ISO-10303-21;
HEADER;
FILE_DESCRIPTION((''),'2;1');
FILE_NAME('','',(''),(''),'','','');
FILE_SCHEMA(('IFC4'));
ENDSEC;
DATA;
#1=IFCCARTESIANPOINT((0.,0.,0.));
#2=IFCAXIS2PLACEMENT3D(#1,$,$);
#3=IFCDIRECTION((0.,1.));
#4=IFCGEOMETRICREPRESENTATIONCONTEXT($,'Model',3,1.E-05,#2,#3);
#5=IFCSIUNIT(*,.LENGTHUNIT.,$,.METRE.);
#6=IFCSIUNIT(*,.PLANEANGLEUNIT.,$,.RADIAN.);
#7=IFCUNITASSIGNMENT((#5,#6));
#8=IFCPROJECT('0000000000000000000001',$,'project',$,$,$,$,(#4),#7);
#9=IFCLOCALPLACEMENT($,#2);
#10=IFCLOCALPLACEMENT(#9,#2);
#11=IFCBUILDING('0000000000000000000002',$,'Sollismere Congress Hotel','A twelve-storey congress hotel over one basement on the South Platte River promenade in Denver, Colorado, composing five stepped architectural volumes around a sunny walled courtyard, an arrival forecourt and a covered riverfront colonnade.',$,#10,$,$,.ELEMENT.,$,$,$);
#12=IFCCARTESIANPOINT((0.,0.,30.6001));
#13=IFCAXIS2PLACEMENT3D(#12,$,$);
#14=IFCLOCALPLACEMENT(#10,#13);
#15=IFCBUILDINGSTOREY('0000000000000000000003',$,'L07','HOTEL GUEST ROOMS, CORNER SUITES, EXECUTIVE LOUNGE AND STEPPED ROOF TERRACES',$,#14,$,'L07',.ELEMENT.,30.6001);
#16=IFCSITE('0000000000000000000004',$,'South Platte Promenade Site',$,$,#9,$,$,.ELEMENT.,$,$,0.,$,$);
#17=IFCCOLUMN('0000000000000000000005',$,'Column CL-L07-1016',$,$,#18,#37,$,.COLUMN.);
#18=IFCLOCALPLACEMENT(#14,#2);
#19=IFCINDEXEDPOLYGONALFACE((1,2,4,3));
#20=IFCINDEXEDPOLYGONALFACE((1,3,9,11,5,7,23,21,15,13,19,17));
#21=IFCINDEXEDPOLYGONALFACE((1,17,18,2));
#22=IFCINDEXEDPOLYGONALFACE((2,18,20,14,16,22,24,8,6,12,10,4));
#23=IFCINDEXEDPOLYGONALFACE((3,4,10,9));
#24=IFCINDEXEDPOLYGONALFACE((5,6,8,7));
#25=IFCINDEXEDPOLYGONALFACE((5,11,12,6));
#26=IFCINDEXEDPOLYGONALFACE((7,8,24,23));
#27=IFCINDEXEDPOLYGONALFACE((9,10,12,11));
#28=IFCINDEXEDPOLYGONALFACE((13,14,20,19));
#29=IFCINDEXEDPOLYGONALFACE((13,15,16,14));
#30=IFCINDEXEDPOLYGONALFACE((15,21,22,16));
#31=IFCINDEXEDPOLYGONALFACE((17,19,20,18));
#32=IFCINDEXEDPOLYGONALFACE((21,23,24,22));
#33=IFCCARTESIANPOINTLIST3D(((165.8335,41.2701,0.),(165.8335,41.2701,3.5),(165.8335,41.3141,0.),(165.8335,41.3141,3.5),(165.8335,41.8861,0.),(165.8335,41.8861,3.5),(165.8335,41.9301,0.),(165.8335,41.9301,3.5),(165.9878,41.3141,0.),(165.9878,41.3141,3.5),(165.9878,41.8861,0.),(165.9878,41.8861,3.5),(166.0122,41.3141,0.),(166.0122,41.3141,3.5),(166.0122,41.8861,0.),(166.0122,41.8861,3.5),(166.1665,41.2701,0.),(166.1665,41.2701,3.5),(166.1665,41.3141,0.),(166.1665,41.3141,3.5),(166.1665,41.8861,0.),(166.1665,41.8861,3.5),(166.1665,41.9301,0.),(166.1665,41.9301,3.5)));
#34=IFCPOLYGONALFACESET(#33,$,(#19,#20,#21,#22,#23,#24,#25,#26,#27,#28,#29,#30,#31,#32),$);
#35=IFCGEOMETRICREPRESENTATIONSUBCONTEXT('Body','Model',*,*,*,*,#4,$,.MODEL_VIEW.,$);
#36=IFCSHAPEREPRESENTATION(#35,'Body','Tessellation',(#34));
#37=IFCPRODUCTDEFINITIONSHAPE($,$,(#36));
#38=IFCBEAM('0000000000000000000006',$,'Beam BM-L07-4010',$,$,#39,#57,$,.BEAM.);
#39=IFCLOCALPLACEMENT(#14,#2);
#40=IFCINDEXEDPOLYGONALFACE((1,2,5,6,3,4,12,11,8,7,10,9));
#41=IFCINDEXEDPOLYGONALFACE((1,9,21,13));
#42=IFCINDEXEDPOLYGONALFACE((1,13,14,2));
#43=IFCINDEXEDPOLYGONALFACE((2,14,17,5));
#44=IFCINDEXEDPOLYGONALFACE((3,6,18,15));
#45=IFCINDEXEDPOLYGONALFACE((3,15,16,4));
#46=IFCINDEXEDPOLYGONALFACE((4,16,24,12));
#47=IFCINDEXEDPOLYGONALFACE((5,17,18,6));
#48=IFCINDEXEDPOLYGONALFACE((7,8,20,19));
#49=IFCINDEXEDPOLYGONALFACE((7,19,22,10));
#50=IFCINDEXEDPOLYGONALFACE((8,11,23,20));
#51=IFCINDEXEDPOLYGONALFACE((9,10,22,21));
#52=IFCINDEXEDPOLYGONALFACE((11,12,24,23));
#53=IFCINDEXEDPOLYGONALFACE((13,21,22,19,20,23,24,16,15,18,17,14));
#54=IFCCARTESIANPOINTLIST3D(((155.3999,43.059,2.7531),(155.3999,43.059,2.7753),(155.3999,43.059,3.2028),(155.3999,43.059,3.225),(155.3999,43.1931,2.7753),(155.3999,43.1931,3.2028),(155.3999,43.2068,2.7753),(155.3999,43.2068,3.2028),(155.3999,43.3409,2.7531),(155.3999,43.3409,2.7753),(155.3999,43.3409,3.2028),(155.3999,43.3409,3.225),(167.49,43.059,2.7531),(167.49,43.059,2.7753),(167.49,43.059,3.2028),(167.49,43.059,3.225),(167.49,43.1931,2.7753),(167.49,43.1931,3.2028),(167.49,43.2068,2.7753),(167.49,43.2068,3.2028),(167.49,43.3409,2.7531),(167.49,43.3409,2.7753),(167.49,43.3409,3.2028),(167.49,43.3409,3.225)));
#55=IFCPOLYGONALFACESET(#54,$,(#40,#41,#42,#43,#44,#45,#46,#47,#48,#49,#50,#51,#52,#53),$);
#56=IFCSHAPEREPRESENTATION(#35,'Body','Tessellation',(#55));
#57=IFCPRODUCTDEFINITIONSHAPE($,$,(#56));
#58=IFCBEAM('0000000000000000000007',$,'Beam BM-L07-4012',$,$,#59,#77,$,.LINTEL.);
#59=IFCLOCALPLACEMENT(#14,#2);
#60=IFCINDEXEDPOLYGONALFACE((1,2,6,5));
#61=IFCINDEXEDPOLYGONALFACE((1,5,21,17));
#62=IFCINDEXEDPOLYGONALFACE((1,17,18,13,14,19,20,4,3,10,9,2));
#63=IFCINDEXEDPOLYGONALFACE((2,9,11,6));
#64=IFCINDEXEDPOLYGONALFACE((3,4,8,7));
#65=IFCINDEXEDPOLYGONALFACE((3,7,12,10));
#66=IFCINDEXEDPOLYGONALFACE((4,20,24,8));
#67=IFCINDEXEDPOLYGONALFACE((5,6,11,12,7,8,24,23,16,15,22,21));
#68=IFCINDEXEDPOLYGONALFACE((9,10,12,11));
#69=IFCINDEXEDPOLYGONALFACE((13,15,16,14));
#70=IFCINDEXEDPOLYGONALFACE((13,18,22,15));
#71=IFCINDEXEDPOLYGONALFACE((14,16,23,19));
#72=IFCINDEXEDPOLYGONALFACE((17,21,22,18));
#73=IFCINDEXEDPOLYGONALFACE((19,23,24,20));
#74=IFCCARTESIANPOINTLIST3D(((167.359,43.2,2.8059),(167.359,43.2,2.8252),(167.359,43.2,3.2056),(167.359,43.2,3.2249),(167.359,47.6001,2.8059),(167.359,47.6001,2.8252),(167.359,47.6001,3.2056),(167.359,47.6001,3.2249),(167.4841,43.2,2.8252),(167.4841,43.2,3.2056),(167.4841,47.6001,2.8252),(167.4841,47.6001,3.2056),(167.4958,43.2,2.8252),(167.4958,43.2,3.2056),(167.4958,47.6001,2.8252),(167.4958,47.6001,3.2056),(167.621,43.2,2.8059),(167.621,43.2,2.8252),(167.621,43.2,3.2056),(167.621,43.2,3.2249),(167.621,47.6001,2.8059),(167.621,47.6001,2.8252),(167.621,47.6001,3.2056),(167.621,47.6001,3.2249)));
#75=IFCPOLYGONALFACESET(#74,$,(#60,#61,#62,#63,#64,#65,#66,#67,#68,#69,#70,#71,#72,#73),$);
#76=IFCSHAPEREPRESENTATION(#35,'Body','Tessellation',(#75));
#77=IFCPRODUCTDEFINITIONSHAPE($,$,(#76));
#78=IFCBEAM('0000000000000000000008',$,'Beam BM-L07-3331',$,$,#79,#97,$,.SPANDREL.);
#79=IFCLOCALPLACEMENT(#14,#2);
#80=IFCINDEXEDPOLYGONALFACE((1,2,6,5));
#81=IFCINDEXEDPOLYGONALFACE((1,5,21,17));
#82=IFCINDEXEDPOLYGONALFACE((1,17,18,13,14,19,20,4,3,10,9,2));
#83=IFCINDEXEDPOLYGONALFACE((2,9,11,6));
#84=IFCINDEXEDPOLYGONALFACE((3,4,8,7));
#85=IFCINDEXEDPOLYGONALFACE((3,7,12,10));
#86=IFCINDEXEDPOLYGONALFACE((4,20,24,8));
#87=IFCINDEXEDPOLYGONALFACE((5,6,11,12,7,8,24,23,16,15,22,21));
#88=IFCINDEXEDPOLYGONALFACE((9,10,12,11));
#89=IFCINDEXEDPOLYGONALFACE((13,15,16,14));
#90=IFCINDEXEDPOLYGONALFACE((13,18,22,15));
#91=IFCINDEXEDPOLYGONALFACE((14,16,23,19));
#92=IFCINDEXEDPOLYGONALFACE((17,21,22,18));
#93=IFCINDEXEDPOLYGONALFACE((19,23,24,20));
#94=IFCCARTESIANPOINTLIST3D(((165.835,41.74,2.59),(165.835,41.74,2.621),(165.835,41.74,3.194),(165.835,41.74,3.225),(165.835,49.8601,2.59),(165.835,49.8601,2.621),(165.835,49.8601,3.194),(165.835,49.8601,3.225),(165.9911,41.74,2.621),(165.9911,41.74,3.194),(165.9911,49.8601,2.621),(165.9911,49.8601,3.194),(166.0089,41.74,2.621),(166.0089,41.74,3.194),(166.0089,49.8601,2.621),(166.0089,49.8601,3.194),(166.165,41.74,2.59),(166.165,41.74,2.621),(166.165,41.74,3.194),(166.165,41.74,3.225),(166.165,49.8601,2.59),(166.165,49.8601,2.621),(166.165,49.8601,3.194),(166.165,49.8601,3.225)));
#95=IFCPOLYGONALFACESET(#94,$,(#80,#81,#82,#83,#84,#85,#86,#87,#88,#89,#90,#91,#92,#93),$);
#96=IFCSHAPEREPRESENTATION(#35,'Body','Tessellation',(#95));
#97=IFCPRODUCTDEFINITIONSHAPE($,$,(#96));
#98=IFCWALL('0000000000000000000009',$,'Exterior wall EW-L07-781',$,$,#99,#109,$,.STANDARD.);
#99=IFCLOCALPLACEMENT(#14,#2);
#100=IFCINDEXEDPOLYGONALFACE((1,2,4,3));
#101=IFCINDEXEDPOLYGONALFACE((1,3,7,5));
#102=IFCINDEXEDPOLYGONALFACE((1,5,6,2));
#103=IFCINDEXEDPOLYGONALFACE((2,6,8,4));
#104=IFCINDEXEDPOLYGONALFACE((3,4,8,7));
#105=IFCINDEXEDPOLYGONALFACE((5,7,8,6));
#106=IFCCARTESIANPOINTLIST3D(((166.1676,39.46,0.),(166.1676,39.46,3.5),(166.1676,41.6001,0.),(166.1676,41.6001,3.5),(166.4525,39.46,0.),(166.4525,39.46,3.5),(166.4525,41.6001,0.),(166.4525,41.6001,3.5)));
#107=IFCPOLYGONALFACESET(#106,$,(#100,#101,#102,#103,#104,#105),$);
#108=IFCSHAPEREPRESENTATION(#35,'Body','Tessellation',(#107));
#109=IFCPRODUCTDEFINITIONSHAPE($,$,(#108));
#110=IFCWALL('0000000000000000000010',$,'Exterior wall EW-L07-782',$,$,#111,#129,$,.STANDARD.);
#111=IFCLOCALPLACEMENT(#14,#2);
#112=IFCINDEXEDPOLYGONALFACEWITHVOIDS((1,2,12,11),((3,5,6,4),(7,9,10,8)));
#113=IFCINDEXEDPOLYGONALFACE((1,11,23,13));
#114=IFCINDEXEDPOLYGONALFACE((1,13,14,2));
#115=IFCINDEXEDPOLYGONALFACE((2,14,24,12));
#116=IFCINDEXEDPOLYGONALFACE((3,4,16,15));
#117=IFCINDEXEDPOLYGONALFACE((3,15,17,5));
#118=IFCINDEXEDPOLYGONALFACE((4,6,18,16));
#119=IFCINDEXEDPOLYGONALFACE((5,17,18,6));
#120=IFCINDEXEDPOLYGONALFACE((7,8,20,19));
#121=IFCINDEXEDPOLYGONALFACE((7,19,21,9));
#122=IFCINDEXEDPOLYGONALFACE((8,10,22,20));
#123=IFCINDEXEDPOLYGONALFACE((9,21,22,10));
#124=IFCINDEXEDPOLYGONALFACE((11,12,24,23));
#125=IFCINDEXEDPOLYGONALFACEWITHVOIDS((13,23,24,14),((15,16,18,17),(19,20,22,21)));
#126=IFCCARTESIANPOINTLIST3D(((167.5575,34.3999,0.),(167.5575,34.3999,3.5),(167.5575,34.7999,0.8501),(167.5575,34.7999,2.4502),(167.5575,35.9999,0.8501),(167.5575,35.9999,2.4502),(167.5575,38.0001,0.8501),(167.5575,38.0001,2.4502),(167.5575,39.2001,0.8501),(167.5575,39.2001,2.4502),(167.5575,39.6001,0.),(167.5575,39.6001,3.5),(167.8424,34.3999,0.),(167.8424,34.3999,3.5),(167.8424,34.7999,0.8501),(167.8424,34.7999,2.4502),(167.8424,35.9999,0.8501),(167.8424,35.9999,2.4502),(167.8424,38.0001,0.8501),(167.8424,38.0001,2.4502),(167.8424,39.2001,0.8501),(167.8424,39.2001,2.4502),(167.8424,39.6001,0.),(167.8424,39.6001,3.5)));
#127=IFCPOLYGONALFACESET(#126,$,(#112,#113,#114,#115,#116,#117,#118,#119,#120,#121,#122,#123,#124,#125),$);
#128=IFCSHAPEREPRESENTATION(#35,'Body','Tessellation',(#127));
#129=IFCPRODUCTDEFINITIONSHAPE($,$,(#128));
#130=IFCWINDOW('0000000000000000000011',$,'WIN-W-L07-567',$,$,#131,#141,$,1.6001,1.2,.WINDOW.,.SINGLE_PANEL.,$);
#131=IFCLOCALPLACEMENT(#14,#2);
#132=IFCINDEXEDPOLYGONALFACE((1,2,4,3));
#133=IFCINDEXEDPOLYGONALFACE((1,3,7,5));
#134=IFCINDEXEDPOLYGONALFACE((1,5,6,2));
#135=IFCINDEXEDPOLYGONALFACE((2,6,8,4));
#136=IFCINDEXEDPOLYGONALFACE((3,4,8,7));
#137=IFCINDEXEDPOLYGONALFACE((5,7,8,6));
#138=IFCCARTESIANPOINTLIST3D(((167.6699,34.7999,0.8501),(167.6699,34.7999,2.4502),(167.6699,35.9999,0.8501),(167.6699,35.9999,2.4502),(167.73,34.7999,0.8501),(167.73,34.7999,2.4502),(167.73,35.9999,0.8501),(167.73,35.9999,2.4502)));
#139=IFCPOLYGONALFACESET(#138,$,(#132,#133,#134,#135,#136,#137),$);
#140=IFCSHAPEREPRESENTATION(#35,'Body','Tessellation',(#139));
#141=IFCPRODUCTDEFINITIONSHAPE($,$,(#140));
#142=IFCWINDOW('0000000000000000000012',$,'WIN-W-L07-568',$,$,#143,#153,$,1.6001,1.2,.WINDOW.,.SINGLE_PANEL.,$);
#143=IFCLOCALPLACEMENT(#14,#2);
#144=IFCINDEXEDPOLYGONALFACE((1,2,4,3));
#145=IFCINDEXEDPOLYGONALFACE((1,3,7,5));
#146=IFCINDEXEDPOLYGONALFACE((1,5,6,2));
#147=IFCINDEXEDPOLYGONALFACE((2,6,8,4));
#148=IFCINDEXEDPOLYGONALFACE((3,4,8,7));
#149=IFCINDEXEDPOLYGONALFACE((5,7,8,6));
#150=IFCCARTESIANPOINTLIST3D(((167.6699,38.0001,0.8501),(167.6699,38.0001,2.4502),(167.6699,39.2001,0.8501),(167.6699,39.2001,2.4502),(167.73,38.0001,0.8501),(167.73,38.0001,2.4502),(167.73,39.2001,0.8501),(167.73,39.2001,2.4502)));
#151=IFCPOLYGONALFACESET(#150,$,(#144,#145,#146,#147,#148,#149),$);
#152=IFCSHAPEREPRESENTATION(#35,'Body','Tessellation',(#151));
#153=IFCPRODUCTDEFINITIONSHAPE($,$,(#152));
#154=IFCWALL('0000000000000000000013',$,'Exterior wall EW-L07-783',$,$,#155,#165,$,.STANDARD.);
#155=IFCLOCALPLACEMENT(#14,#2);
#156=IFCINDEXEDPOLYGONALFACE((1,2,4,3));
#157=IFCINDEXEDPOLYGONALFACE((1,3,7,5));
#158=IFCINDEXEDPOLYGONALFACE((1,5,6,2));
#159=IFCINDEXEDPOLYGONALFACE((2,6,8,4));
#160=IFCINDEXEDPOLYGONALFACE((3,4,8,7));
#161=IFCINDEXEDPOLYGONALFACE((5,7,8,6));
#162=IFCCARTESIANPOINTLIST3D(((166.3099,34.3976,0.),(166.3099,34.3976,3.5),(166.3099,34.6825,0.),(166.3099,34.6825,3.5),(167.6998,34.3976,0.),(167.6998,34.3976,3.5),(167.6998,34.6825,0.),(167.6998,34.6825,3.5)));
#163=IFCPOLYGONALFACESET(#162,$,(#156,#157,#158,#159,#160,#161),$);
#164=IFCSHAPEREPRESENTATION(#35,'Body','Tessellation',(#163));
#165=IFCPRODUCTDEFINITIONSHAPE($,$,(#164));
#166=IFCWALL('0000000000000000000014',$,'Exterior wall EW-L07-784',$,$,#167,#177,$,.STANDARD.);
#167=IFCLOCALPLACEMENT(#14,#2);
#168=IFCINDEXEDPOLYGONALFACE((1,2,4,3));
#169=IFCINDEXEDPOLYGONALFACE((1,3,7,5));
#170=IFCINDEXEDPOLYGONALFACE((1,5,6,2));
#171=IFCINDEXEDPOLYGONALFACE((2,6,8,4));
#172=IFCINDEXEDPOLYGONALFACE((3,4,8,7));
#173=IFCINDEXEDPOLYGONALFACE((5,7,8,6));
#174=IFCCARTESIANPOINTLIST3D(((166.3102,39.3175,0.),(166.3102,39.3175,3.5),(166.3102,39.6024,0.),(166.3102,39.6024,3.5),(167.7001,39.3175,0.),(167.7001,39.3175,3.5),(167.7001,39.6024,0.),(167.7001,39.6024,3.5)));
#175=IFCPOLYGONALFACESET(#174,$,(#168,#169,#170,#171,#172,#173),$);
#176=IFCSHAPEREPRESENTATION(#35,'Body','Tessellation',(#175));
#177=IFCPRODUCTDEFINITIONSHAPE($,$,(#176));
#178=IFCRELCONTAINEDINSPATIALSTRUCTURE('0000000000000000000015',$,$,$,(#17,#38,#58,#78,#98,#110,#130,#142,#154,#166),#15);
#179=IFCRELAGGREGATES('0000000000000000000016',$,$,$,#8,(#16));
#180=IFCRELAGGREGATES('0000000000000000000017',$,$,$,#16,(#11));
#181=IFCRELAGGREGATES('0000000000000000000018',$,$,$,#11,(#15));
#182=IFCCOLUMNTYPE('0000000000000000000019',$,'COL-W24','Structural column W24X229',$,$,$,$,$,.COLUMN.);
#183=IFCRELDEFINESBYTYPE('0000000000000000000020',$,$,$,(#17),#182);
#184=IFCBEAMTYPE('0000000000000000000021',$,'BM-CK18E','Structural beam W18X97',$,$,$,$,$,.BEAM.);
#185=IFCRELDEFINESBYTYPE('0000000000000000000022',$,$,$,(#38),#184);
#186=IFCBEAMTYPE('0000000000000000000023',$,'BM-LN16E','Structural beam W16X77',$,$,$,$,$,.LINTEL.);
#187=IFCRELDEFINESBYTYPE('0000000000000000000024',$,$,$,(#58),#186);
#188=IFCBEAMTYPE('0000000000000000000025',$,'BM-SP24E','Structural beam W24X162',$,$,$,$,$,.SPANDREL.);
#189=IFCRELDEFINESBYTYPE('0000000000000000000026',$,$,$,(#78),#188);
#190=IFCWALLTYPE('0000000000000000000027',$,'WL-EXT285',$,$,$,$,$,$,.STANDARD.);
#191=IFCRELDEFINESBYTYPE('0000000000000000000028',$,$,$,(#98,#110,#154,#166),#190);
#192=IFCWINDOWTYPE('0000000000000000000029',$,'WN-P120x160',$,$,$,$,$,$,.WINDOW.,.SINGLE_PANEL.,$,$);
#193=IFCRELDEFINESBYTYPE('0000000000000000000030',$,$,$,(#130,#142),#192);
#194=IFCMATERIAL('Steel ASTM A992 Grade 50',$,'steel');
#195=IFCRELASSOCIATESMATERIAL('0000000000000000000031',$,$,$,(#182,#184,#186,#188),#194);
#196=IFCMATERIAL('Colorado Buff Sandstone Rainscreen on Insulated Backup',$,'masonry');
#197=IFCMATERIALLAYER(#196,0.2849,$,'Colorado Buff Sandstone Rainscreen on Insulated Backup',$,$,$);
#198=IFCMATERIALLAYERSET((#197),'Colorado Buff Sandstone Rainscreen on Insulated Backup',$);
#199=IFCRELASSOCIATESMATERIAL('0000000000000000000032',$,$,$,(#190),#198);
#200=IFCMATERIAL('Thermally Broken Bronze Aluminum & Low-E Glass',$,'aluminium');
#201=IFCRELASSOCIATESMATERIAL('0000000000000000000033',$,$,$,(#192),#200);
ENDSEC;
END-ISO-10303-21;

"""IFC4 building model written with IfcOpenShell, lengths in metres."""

from ifc_helpers import new_model, si_unit, direction, frame, frame_2d, origin, origin_2d, place, context, subcontext, project, spatial, rectangle, i_section, extrude, material, layer, layer_set, material_profile, profile_set, type_object, element, fill, save


model = new_model("IFC4")

# Units and contexts
model_context = context("Model", 3, precision=1e-05, world=origin(), true_north=direction((0.0, 1.0)))
body_context = subcontext(model_context, "Body", "Model", "MODEL_VIEW")
ifc_project = project(units=[si_unit("LENGTHUNIT", "METRE"), si_unit("PLANEANGLEUNIT", "RADIAN")], contexts=[model_context])

# Site, building, storey
site_placement = place(None, origin())
site = spatial("IfcSite", under=ifc_project, at=site_placement, Name="South Platte Promenade Site", CompositionType="ELEMENT", RefElevation=0.0)
building_placement = place(site_placement, origin())
building = spatial("IfcBuilding", under=site, at=building_placement, Name="Sollismere Congress Hotel", Description="A twelve-storey congress hotel over one basement on the South Platte River promenade in Denver, Colorado, composing five stepped architectural volumes around a sunny walled courtyard, an arrival forecourt and a covered riverfront colonnade.", CompositionType="ELEMENT")
storey_placement = place(building_placement, frame((0.0, 0.0, 30.6001)))
storey = spatial("IfcBuildingStorey", under=building, at=storey_placement, Name="L07", Description="HOTEL GUEST ROOMS, CORNER SUITES, EXECUTIVE LOUNGE AND STEPPED ROOF TERRACES", LongName="L07", CompositionType="ELEMENT", Elevation=30.6001)

# Column
ifc_material_1 = material(Name="Steel ASTM A992 Grade 50", Category="steel")
ifc_material_profile_1 = material_profile(ifc_material_1, i_section(OverallWidth=0.333, OverallDepth=0.6599, WebThickness=0.0244, FlangeThickness=0.0439, at=origin_2d()), Name="W24X229")
ifc_profile_set_1 = profile_set([ifc_material_profile_1], Name="Steel ASTM A992 Grade 50")
column_type = type_object("IfcColumnType", Name="COL-W24", Description="Structural column W24X229", PredefinedType="COLUMN", material=ifc_profile_set_1)
column_placement = place(storey_placement, frame((166.0, 41.6001, 0.0), z_axis=(0.0, 0.0, 1.0), x_axis=(1.0, 0.0, 0.0)))
element("IfcColumn", 1, at=column_placement, inside=storey, type_object=column_type, Name="Column CL-L07-1016", PredefinedType="COLUMN", context=body_context, shape_type="SweptSolid", body=[
    extrude(i_section(OverallWidth=0.333, OverallDepth=0.6599, WebThickness=0.0244, FlangeThickness=0.0439, at=origin_2d()), origin(), (0.0, 0.0, 1.0), 3.5),
])

# Beams
ifc_material_profile_2 = material_profile(ifc_material_1, i_section(OverallWidth=0.282, OverallDepth=0.4719, WebThickness=0.0137, FlangeThickness=0.0222, at=origin_2d()), Name="W18X97")
ifc_profile_set_2 = profile_set([ifc_material_profile_2], Name="Steel ASTM A992 Grade 50")
beam_type_1 = type_object("IfcBeamType", Name="BM-CK18E", Description="Structural beam W18X97", PredefinedType="BEAM", material=ifc_profile_set_2)
beam_1_placement = place(storey_placement, frame((155.3999, 43.2, 2.989), z_axis=(1.0, 0.0, 0.0), x_axis=(0.0, 1.0, 0.0)))
element("IfcBeam", 2, at=beam_1_placement, inside=storey, type_object=beam_type_1, Name="Beam BM-L07-4010", PredefinedType="BEAM", context=body_context, shape_type="SweptSolid", body=[
    extrude(i_section(OverallWidth=0.282, OverallDepth=0.4719, WebThickness=0.0137, FlangeThickness=0.0222, at=origin_2d()), origin(), (0.0, 0.0, 1.0), 12.0901),
])
ifc_material_profile_3 = material_profile(ifc_material_1, i_section(OverallWidth=0.262, OverallDepth=0.4189, WebThickness=0.0117, FlangeThickness=0.0193, at=origin_2d()), Name="W16X77")
ifc_profile_set_3 = profile_set([ifc_material_profile_3], Name="Steel ASTM A992 Grade 50")
beam_type_2 = type_object("IfcBeamType", Name="BM-LN16E", Description="Structural beam W16X77", PredefinedType="LINTEL", material=ifc_profile_set_3)
beam_2_placement = place(storey_placement, frame((167.49, 43.2, 3.0154), z_axis=(0.0, 1.0, 0.0), x_axis=(-1.0, 0.0, 0.0)))
element("IfcBeam", 3, at=beam_2_placement, inside=storey, type_object=beam_type_2, Name="Beam BM-L07-4012", PredefinedType="LINTEL", context=body_context, shape_type="SweptSolid", body=[
    extrude(i_section(OverallWidth=0.262, OverallDepth=0.4189, WebThickness=0.0117, FlangeThickness=0.0193, at=origin_2d()), origin(), (0.0, 0.0, 1.0), 4.4001),
])
ifc_material_profile_4 = material_profile(ifc_material_1, i_section(OverallWidth=0.3301, OverallDepth=0.635, WebThickness=0.0178, FlangeThickness=0.031, at=origin_2d()), Name="W24X162")
ifc_profile_set_4 = profile_set([ifc_material_profile_4], Name="Steel ASTM A992 Grade 50")
beam_type_3 = type_object("IfcBeamType", Name="BM-SP24E", Description="Structural beam W24X162", PredefinedType="SPANDREL", material=ifc_profile_set_4)
beam_3_placement = place(storey_placement, frame((166.0, 41.74, 2.9075), z_axis=(0.0, 1.0, 0.0), x_axis=(-1.0, 0.0, 0.0)))
element("IfcBeam", 4, at=beam_3_placement, inside=storey, type_object=beam_type_3, Name="Beam BM-L07-3331", PredefinedType="SPANDREL", context=body_context, shape_type="SweptSolid", body=[
    extrude(i_section(OverallWidth=0.3301, OverallDepth=0.635, WebThickness=0.0178, FlangeThickness=0.031, at=origin_2d()), origin(), (0.0, 0.0, 1.0), 8.1201),
])

# Wall
ifc_material_2 = material(Name="Colorado Buff Sandstone Rainscreen on Insulated Backup", Category="masonry")
ifc_layer_1 = layer(ifc_material_2, 0.2849, Name="Colorado Buff Sandstone Rainscreen on Insulated Backup")
ifc_layer_set_1 = layer_set([ifc_layer_1], Name="Colorado Buff Sandstone Rainscreen on Insulated Backup")
wall_type_1 = type_object("IfcWallType", Name="WL-EXT285", PredefinedType="STANDARD", material=ifc_layer_set_1)
wall_1_placement = place(storey_placement, frame((166.3101, 39.46, 0.0), z_axis=(0.0, 0.0, 1.0), x_axis=(0.0, 1.0, 0.0)))
element("IfcWall", 5, at=wall_1_placement, inside=storey, type_object=wall_type_1, Name="Exterior wall EW-L07-781", PredefinedType="STANDARD", context=body_context, shape_type="SweptSolid", body=[
    extrude(rectangle(XDim=2.1401, YDim=0.2849, at=frame_2d((1.0701, 0.0))), origin(), (0.0, 0.0, 1.0), 3.5),
])

# Wall, openings, windows
wall_2_placement = place(storey_placement, frame((167.7, 34.3999, 0.0), z_axis=(0.0, 0.0, 1.0), x_axis=(0.0, 1.0, 0.0)))
wall_2 = element("IfcWall", 6, at=wall_2_placement, inside=storey, type_object=wall_type_1, Name="Exterior wall EW-L07-782", PredefinedType="STANDARD", context=body_context, shape_type="SweptSolid", body=[
    extrude(rectangle(XDim=5.2002, YDim=0.2849, at=frame_2d((2.6001, 0.0))), origin(), (0.0, 0.0, 1.0), 3.5),
])
opening_1_placement = place(wall_2_placement, frame((0.3999, 0.0, 0.8501)))
opening_1 = element("IfcOpeningElement", 7, at=opening_1_placement, cuts=wall_2, PredefinedType="OPENING", context=body_context, shape_type="SweptSolid", body=[
    extrude(rectangle(XDim=1.2, YDim=1.6001, at=frame_2d((0.6001, 0.8))), frame((0.0, 0.1523, 0.0), z_axis=(0.0, -1.0, 0.0), x_axis=(1.0, 0.0, 0.0)), (0.0, 0.0, 1.0), 0.3049),
])
opening_2_placement = place(wall_2_placement, frame((3.6001, 0.0, 0.8501)))
opening_2 = element("IfcOpeningElement", 8, at=opening_2_placement, cuts=wall_2, PredefinedType="OPENING", context=body_context, shape_type="SweptSolid", body=[
    extrude(rectangle(XDim=1.2, YDim=1.6001, at=frame_2d((0.6001, 0.8))), frame((0.0, 0.1523, 0.0), z_axis=(0.0, -1.0, 0.0), x_axis=(1.0, 0.0, 0.0)), (0.0, 0.0, 1.0), 0.3049),
])
ifc_material_3 = material(Name="Thermally Broken Bronze Aluminum & Low-E Glass", Category="aluminium")
window_type_1 = type_object("IfcWindowType", Name="WN-P120x160", PartitioningType="SINGLE_PANEL", PredefinedType="WINDOW", material=ifc_material_3)
window_1_placement = place(opening_1_placement, origin())
window_1 = element("IfcWindow", 9, at=window_1_placement, inside=storey, type_object=window_type_1, Name="WIN-W-L07-567", OverallHeight=1.6001, OverallWidth=1.2, PartitioningType="SINGLE_PANEL", PredefinedType="WINDOW", context=body_context, shape_type="SweptSolid", body=[
    extrude(rectangle(XDim=1.2, YDim=1.6001, at=frame_2d((0.6001, 0.8))), frame((0.0, 0.03, 0.0), z_axis=(0.0, -1.0, 0.0), x_axis=(1.0, 0.0, 0.0)), (0.0, 0.0, 1.0), 0.0601),
])
fill(opening_1, window_1)
window_2_placement = place(opening_2_placement, origin())
window_2 = element("IfcWindow", 10, at=window_2_placement, inside=storey, type_object=window_type_1, Name="WIN-W-L07-568", OverallHeight=1.6001, OverallWidth=1.2, PartitioningType="SINGLE_PANEL", PredefinedType="WINDOW", context=body_context, shape_type="SweptSolid", body=[
    extrude(rectangle(XDim=1.2, YDim=1.6001, at=frame_2d((0.6001, 0.8))), frame((0.0, 0.03, 0.0), z_axis=(0.0, -1.0, 0.0), x_axis=(1.0, 0.0, 0.0)), (0.0, 0.0, 1.0), 0.0601),
])
fill(opening_2, window_2)

# Walls
for number, where, z_axis, x_axis, name in (
    (11, (166.3101, 34.54, 0.0), (0.0, 0.0, 1.0), (1.0, 0.0, 0.0), "Exterior wall EW-L07-783"),
    (12, (167.7, 39.46, 0.0), (0.0, 0.0, 1.0), (-1.0, 0.0, 0.0), "Exterior wall EW-L07-784"),
):
    element("IfcWall", number, at=place(storey_placement, frame(where, z_axis=z_axis, x_axis=x_axis)), inside=storey, type_object=wall_type_1, Name=name, PredefinedType="STANDARD", context=body_context, shape_type="SweptSolid", body=[
        extrude(rectangle(XDim=1.3899, YDim=0.2849, at=frame_2d((0.6948, 0.0))), origin(), (0.0, 0.0, 1.0), 3.5),
    ])

save(model, "model.ifc")
